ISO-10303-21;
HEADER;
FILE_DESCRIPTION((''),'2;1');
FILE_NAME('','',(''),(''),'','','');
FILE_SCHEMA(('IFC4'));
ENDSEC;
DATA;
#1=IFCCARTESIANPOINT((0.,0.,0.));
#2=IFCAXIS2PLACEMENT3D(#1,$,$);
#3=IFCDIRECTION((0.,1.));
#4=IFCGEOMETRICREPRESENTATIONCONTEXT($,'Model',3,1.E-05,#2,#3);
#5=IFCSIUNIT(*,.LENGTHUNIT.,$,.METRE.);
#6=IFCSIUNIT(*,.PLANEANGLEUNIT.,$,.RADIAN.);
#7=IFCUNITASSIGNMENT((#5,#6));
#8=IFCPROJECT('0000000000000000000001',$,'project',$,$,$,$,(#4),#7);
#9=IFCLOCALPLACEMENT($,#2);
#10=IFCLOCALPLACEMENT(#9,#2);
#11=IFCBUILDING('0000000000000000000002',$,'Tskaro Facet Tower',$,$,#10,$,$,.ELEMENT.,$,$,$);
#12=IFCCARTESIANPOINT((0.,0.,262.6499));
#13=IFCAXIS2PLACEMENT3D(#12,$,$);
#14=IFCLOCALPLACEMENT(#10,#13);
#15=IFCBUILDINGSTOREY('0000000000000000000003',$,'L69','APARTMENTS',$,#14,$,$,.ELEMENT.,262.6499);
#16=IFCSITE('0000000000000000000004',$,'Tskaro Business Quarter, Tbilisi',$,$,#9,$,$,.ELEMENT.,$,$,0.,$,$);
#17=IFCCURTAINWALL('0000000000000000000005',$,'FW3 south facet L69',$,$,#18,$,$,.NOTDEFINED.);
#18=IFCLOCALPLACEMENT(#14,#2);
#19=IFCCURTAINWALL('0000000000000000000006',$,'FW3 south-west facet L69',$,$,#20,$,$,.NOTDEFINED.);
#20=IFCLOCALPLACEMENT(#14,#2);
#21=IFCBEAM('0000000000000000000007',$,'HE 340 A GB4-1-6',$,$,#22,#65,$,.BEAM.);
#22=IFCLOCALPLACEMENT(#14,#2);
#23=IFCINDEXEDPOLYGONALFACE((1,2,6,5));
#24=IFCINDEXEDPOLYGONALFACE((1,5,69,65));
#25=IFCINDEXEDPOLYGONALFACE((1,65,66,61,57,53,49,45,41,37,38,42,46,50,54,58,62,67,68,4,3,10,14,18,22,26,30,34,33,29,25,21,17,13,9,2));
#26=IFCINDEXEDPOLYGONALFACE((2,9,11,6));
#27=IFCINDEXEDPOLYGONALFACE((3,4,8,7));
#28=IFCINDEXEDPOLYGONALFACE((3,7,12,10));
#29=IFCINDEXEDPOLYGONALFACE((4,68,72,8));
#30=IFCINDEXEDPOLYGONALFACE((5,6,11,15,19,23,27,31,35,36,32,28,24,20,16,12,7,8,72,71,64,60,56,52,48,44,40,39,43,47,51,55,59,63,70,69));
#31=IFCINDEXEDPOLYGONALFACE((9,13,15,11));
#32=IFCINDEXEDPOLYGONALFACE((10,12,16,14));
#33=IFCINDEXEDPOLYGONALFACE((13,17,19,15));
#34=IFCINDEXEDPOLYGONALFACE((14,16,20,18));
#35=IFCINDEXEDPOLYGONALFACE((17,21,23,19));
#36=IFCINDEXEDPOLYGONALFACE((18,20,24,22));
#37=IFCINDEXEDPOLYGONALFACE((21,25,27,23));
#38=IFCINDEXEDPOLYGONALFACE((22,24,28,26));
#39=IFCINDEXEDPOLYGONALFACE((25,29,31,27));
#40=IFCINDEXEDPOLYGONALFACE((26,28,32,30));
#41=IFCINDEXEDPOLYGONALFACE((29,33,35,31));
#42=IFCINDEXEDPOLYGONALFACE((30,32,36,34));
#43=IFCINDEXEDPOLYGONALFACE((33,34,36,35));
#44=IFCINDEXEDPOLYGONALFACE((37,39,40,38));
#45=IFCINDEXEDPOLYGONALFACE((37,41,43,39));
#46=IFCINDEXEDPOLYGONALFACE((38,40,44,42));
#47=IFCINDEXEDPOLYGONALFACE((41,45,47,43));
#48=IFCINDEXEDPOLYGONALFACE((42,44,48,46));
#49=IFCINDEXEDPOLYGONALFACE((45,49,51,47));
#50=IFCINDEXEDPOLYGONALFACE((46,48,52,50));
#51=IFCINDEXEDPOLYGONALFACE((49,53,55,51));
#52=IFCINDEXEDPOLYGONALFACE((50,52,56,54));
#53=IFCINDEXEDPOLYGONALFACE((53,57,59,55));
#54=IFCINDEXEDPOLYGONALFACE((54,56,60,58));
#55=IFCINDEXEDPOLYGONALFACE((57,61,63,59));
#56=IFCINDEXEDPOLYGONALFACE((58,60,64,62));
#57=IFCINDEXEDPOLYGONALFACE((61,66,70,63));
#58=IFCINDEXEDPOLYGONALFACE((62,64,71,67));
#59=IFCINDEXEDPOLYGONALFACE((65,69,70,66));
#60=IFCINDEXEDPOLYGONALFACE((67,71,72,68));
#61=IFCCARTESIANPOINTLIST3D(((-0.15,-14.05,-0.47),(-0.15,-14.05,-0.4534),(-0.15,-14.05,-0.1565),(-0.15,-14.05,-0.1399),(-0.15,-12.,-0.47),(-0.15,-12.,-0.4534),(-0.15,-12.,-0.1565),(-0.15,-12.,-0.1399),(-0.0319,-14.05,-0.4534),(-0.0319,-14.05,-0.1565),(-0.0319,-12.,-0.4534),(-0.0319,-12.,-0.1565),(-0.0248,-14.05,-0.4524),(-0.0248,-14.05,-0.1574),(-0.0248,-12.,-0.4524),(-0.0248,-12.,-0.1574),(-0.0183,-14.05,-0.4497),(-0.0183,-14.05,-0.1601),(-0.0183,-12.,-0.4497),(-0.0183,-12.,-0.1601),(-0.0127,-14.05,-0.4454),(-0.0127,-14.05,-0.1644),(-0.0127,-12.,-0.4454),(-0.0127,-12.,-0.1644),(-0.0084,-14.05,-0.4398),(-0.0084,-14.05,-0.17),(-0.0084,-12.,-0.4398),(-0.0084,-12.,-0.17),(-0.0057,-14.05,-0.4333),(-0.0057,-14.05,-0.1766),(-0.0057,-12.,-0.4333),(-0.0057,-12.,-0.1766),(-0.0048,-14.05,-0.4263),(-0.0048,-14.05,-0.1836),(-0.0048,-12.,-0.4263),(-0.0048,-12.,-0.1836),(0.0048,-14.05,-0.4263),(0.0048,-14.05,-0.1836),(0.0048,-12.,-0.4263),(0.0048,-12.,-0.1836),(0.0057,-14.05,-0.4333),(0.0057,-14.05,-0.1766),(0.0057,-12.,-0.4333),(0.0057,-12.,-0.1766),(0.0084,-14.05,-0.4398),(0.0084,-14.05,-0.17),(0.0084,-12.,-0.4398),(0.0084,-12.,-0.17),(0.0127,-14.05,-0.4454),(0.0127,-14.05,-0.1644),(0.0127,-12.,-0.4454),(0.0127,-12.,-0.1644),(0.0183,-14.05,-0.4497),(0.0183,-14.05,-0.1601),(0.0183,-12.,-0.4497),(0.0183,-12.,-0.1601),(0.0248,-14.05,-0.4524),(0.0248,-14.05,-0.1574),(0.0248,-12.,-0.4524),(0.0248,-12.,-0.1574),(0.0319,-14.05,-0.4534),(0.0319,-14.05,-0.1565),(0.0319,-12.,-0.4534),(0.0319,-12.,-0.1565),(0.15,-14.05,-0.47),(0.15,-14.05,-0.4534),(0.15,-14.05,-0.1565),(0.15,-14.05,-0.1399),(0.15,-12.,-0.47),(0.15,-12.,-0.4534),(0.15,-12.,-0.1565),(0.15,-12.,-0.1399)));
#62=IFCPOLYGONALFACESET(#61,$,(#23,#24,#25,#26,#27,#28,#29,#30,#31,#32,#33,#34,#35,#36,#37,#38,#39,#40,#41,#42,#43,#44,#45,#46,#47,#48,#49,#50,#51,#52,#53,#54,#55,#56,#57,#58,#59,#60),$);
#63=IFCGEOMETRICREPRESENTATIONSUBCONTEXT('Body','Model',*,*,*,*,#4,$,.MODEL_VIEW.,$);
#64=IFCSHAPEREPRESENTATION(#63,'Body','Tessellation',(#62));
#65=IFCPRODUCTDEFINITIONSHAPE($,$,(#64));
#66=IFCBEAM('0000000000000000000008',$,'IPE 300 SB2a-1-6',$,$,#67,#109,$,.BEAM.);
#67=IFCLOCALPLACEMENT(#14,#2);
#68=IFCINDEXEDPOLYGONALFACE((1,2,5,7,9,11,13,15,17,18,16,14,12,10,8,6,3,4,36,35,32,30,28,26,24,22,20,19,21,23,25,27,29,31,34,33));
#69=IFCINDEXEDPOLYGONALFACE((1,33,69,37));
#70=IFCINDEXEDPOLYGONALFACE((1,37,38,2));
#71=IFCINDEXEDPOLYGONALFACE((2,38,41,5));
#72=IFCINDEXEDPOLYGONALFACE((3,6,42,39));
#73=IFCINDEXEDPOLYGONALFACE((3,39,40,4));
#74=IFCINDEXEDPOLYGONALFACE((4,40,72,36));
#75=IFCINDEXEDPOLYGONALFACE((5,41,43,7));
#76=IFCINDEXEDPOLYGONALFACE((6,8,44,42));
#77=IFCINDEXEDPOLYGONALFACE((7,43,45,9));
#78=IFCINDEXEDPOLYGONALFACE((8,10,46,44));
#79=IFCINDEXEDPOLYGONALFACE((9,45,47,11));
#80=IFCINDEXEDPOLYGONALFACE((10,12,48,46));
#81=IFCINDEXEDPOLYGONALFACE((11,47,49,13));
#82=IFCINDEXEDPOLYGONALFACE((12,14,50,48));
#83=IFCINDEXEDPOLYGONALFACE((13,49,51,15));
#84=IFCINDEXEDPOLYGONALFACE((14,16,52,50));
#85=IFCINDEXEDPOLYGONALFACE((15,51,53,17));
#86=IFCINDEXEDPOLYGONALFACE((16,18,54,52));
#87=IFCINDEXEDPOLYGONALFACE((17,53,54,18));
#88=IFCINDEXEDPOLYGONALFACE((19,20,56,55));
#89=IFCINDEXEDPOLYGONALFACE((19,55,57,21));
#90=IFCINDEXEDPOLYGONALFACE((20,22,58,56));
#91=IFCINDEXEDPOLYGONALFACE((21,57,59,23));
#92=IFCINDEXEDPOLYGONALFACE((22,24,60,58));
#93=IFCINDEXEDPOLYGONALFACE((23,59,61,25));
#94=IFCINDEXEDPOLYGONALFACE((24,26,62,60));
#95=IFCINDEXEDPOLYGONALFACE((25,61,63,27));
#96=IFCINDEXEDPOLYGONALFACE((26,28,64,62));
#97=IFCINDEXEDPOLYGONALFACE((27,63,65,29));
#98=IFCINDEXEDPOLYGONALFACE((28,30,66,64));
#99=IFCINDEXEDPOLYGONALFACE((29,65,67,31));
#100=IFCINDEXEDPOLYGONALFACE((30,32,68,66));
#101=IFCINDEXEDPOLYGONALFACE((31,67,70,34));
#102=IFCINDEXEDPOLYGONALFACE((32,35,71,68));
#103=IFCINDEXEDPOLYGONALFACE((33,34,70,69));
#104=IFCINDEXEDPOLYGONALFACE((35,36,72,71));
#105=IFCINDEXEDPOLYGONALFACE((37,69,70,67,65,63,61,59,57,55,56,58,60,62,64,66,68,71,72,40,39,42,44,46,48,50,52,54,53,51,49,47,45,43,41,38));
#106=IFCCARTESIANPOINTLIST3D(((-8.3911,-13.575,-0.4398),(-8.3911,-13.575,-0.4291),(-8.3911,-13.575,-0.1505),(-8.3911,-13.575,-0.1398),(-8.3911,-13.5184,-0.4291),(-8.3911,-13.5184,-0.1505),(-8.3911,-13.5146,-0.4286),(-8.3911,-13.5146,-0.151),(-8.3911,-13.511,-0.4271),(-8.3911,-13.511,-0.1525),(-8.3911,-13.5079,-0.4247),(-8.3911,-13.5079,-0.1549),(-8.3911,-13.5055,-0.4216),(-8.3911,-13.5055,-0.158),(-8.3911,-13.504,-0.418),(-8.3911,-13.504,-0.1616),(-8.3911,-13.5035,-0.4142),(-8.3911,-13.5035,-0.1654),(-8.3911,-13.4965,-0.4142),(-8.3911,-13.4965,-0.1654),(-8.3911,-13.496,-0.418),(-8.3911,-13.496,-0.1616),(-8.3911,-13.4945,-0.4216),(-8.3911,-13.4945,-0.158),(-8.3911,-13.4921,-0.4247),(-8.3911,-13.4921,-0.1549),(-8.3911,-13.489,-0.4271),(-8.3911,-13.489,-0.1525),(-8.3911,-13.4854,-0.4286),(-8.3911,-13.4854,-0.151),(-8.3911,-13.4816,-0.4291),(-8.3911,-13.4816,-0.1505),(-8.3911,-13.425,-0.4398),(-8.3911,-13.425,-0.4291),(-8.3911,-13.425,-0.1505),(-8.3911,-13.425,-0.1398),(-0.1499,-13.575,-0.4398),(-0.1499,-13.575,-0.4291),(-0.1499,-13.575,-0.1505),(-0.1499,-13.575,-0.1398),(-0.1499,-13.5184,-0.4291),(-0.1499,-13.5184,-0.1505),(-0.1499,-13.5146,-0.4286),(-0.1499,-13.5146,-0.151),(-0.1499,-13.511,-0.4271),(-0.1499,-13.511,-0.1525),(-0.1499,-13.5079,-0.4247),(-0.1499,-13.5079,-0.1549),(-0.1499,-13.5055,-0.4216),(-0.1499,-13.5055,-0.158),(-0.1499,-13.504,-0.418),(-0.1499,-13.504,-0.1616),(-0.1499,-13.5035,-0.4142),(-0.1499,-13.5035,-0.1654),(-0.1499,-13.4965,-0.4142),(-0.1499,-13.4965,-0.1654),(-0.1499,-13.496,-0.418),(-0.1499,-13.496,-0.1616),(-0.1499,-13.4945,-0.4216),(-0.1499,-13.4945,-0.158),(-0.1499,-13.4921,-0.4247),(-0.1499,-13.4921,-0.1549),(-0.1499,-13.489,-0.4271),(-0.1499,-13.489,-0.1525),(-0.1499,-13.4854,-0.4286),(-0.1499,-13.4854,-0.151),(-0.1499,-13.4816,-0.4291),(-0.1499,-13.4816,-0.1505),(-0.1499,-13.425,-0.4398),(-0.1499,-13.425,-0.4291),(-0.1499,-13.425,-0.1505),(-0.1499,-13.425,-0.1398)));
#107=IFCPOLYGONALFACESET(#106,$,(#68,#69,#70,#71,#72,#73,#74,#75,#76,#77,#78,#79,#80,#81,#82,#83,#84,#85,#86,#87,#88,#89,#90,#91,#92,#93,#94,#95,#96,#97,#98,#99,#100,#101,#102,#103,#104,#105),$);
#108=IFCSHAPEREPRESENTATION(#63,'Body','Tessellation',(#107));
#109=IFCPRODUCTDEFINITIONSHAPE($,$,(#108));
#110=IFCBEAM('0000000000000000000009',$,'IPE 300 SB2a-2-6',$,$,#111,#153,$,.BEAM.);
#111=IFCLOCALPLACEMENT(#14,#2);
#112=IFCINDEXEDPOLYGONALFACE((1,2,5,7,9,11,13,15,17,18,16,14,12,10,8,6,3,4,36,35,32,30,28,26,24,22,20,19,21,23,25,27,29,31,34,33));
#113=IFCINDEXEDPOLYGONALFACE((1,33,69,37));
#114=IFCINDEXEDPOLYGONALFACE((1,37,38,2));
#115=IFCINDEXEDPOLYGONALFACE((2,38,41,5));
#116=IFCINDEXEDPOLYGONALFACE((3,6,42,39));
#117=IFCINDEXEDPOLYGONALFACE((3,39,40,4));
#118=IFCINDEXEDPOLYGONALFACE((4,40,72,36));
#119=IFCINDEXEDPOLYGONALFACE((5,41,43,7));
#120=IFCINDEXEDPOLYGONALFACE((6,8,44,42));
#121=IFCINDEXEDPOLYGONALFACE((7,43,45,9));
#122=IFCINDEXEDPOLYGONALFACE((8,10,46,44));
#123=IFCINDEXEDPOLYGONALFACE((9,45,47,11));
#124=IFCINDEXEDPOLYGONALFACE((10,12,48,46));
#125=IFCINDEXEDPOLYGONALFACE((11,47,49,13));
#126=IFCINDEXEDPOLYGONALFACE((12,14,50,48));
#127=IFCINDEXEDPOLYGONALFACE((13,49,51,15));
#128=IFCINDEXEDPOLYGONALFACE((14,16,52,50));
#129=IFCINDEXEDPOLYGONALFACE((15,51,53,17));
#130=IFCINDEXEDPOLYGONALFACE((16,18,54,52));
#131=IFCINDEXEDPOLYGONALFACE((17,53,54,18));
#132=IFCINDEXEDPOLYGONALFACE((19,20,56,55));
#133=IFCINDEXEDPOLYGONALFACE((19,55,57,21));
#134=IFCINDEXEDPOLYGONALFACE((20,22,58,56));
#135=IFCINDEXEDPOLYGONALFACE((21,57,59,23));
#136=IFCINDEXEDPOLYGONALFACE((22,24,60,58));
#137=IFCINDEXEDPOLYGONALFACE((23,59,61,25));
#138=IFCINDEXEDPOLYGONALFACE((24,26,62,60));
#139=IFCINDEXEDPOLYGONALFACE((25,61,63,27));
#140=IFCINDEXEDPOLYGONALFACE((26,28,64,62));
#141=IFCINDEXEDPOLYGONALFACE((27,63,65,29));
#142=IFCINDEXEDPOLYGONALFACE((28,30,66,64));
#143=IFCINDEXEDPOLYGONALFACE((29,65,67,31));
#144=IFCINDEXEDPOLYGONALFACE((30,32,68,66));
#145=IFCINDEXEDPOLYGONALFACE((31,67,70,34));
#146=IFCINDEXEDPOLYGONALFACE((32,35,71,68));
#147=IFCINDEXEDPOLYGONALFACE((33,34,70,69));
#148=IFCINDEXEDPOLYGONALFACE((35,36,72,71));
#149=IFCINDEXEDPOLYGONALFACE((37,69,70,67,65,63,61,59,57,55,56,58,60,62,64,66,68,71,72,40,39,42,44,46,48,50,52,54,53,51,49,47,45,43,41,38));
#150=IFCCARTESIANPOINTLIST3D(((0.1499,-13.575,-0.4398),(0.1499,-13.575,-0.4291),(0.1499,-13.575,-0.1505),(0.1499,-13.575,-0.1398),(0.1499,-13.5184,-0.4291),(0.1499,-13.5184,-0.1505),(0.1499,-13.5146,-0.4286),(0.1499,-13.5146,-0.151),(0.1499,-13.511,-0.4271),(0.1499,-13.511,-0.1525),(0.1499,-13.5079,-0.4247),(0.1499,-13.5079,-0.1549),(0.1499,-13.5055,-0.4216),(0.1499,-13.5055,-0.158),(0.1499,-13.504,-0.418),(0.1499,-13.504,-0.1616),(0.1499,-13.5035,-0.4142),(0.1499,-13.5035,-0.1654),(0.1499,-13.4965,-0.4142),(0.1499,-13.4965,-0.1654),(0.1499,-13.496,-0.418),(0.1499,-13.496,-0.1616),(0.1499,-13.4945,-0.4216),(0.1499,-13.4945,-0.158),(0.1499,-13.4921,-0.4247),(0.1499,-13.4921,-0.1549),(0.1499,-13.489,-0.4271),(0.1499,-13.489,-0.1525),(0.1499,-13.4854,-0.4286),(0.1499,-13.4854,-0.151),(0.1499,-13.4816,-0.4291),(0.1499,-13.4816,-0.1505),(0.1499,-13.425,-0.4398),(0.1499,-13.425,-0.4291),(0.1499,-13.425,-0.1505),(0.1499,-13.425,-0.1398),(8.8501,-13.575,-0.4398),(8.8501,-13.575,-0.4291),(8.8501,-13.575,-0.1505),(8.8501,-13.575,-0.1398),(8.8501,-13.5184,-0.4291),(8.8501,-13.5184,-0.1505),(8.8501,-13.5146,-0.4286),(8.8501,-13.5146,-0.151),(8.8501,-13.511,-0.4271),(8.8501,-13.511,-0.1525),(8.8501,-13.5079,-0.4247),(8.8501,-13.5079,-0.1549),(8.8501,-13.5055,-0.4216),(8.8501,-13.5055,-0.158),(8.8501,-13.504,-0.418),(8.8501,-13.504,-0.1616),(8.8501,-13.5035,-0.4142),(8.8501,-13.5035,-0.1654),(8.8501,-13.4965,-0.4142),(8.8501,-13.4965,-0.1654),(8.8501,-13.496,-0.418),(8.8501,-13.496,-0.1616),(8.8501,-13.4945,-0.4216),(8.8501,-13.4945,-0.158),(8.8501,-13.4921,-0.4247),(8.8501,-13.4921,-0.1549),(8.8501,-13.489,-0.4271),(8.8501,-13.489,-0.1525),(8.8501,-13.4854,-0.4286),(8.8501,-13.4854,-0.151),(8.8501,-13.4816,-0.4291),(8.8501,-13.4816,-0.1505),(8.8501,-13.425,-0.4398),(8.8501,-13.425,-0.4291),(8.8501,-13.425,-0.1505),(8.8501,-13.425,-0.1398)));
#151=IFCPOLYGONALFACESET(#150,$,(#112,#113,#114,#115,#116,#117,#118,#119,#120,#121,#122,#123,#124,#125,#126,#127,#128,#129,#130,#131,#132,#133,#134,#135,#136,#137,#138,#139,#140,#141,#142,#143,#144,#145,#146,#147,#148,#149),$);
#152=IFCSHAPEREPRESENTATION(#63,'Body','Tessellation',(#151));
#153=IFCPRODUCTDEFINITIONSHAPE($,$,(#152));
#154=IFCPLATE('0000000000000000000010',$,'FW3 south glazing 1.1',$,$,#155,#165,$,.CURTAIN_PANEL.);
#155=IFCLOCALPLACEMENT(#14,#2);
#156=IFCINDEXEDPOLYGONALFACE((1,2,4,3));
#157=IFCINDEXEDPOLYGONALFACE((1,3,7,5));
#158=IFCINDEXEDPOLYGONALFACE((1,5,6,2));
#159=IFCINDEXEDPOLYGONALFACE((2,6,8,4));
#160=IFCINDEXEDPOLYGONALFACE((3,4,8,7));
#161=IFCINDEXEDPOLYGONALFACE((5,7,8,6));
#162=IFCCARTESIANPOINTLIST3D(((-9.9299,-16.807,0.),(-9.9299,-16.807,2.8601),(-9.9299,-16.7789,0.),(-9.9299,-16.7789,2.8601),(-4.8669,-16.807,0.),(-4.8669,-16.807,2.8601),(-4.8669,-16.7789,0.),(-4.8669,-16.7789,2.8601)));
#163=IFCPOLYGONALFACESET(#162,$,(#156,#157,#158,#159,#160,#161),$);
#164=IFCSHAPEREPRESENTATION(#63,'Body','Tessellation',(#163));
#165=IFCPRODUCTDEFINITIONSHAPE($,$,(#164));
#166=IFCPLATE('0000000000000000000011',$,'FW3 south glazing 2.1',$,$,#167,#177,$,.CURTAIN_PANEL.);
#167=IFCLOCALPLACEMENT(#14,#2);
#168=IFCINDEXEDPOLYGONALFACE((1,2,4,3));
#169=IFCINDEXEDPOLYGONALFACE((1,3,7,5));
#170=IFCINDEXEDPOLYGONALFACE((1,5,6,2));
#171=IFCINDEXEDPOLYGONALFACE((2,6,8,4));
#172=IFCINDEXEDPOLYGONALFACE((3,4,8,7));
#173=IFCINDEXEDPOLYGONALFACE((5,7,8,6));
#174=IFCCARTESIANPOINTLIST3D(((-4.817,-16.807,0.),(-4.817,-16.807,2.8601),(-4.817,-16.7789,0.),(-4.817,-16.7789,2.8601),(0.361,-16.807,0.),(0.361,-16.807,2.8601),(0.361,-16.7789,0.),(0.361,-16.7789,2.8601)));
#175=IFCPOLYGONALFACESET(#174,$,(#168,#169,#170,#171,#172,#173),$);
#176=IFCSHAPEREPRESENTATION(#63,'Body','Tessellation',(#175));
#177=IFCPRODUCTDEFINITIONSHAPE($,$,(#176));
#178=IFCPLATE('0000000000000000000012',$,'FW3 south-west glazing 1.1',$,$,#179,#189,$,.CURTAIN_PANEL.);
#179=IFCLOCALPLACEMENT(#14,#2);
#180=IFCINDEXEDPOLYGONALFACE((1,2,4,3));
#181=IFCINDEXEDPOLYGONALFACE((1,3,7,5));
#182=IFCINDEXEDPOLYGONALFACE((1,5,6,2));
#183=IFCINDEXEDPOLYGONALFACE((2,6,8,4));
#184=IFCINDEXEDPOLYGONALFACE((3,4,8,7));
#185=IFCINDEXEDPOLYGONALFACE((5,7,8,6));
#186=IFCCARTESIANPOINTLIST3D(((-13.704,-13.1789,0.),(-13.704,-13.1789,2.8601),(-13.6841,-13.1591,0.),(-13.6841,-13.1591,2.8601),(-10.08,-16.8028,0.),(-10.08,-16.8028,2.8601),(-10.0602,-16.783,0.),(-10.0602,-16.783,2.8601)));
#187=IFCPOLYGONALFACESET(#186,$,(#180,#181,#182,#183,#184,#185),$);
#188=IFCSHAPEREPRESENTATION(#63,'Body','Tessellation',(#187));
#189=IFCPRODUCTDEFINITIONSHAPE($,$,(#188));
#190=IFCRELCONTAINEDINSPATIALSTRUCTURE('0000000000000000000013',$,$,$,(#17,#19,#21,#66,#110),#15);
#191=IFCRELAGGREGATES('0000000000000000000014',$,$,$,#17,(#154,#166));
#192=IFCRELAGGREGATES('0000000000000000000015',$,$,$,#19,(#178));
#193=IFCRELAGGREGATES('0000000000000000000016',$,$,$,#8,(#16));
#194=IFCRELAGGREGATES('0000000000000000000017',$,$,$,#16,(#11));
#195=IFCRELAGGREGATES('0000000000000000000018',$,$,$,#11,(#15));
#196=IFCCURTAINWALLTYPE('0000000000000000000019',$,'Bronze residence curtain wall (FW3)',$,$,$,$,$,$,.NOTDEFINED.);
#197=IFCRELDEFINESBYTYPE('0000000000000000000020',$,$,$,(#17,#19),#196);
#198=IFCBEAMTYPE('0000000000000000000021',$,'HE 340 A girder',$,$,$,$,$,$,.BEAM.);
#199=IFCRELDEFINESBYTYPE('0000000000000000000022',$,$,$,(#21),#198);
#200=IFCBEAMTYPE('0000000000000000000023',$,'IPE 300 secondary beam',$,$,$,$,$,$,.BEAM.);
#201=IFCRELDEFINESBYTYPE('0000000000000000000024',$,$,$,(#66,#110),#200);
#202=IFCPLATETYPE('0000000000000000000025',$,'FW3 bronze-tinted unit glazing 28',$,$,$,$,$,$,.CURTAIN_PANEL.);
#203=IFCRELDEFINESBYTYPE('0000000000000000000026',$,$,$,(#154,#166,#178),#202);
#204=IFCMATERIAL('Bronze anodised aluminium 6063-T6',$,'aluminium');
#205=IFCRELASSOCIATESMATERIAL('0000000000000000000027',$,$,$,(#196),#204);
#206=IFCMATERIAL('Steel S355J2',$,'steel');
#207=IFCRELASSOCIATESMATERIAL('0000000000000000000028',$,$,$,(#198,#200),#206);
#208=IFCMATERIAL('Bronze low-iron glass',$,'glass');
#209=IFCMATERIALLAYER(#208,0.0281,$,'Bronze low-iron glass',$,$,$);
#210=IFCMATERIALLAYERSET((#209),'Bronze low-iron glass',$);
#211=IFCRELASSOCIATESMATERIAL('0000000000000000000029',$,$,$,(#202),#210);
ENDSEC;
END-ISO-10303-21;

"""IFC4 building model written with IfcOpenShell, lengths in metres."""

from ifc_helpers import new_model, si_unit, direction, frame, origin, origin_2d, place, context, subcontext, project, spatial, rectangle, i_section, extrude, material, layer, layer_set, material_profile, profile_set, type_object, element, aggregate, save


model = new_model("IFC4")

# Units and contexts
model_context = context("Model", 3, precision=1e-05, world=origin(), true_north=direction((0.0, 1.0)))
body_context = subcontext(model_context, "Body", "Model", "MODEL_VIEW")
ifc_project = project(units=[si_unit("LENGTHUNIT", "METRE"), si_unit("PLANEANGLEUNIT", "RADIAN")], contexts=[model_context])

# Site, building, storey
site_placement = place(None, origin())
site = spatial("IfcSite", under=ifc_project, at=site_placement, Name="Tskaro Business Quarter, Tbilisi", CompositionType="ELEMENT", RefElevation=0.0)
building_placement = place(site_placement, origin())
building = spatial("IfcBuilding", under=site, at=building_placement, Name="Tskaro Facet Tower", CompositionType="ELEMENT")
storey_placement = place(building_placement, frame((0.0, 0.0, 262.6499)))
storey = spatial("IfcBuildingStorey", under=building, at=storey_placement, Name="L69", Description="APARTMENTS", CompositionType="ELEMENT", Elevation=262.6499)

# Shared definitions
ifc_material_1 = material(Name="Steel S355J2", Category="steel")

# Curtain walls
ifc_material_2 = material(Name="Bronze anodised aluminium 6063-T6", Category="aluminium")
curtain_wall_type = type_object("IfcCurtainWallType", Name="Bronze residence curtain wall (FW3)", PredefinedType="NOTDEFINED", material=ifc_material_2)
curtain_wall_1_placement = place(storey_placement, origin())
curtain_wall_1 = element("IfcCurtainWall", 1, at=curtain_wall_1_placement, inside=storey, type_object=curtain_wall_type, Name="FW3 south facet L69", PredefinedType="NOTDEFINED")
curtain_wall_2_placement = place(storey_placement, origin())
curtain_wall_2 = element("IfcCurtainWall", 2, at=curtain_wall_2_placement, inside=storey, type_object=curtain_wall_type, Name="FW3 south-west facet L69", PredefinedType="NOTDEFINED")

# Beams
ifc_material_profile_1 = material_profile(ifc_material_1, i_section(OverallWidth=0.3, OverallDepth=0.3301, WebThickness=0.0095, FlangeThickness=0.0166, FilletRadius=0.0271, at=origin_2d()), Name="HE 340 A")
ifc_profile_set_1 = profile_set([ifc_material_profile_1], Name="Steel S355J2")
beam_type_1 = type_object("IfcBeamType", Name="HE 340 A girder", PredefinedType="BEAM", material=ifc_profile_set_1)
beam_1_placement = place(storey_placement, frame((0.0, -14.05, -0.3049), z_axis=(0.0, 1.0, 0.0), x_axis=(-1.0, 0.0, 0.0)))
element("IfcBeam", 3, at=beam_1_placement, inside=storey, type_object=beam_type_1, Name="HE 340 A GB4-1-6", PredefinedType="BEAM", context=body_context, shape_type="SweptSolid", body=[
    extrude(i_section(OverallWidth=0.3, OverallDepth=0.3301, WebThickness=0.0095, FlangeThickness=0.0166, FilletRadius=0.0271, at=origin_2d()), origin(), (0.0, 0.0, 1.0), 2.05),
])
ifc_material_profile_2 = material_profile(ifc_material_1, i_section(OverallWidth=0.1499, OverallDepth=0.3, WebThickness=0.0071, FlangeThickness=0.0107, FilletRadius=0.0149, at=origin_2d()), Name="IPE 300")
ifc_profile_set_2 = profile_set([ifc_material_profile_2], Name="Steel S355J2")
beam_type_2 = type_object("IfcBeamType", Name="IPE 300 secondary beam", PredefinedType="BEAM", material=ifc_profile_set_2)
beam_2_placement = place(storey_placement, frame((-8.3911, -13.5, -0.2898), z_axis=(1.0, 0.0, 0.0), x_axis=(0.0, 1.0, 0.0)))
element("IfcBeam", 4, at=beam_2_placement, inside=storey, type_object=beam_type_2, Name="IPE 300 SB2a-1-6", PredefinedType="BEAM", context=body_context, shape_type="SweptSolid", body=[
    extrude(i_section(OverallWidth=0.1499, OverallDepth=0.3, WebThickness=0.0071, FlangeThickness=0.0107, FilletRadius=0.0149, at=origin_2d()), origin(), (0.0, 0.0, 1.0), 8.2412),
])
beam_3_placement = place(storey_placement, frame((0.1499, -13.5, -0.2898), z_axis=(1.0, 0.0, 0.0), x_axis=(0.0, 1.0, 0.0)))
element("IfcBeam", 5, at=beam_3_placement, inside=storey, type_object=beam_type_2, Name="IPE 300 SB2a-2-6", PredefinedType="BEAM", context=body_context, shape_type="SweptSolid", body=[
    extrude(i_section(OverallWidth=0.1499, OverallDepth=0.3, WebThickness=0.0071, FlangeThickness=0.0107, FilletRadius=0.0149, at=origin_2d()), origin(), (0.0, 0.0, 1.0), 8.7002),
])

# Plates
ifc_material_3 = material(Name="Bronze low-iron glass", Category="glass")
ifc_layer_1 = layer(ifc_material_3, 0.0281, Name="Bronze low-iron glass")
ifc_layer_set_1 = layer_set([ifc_layer_1], Name="Bronze low-iron glass")
plate_type = type_object("IfcPlateType", Name="FW3 bronze-tinted unit glazing 28", PredefinedType="CURTAIN_PANEL", material=ifc_layer_set_1)
plate_1_placement = place(storey_placement, frame((-7.3984, -16.793, 0.0), z_axis=(0.0, 0.0, 1.0), x_axis=(1.0, 0.0, 0.0)))
plate_1 = element("IfcPlate", 6, at=plate_1_placement, type_object=plate_type, Name="FW3 south glazing 1.1", PredefinedType="CURTAIN_PANEL", context=body_context, shape_type="SweptSolid", body=[
    extrude(rectangle(XDim=5.063, YDim=0.0281, at=origin_2d()), origin(), (0.0, 0.0, 1.0), 2.8601),
])
plate_2_placement = place(storey_placement, frame((-2.228, -16.793, 0.0), z_axis=(0.0, 0.0, 1.0), x_axis=(1.0, 0.0, 0.0)))
plate_2 = element("IfcPlate", 7, at=plate_2_placement, type_object=plate_type, Name="FW3 south glazing 2.1", PredefinedType="CURTAIN_PANEL", context=body_context, shape_type="SweptSolid", body=[
    extrude(rectangle(XDim=5.178, YDim=0.0281, at=origin_2d()), origin(), (0.0, 0.0, 1.0), 2.8601),
])
aggregate(curtain_wall_1, [plate_1, plate_2])
plate_3_placement = place(storey_placement, frame((-11.8821, -14.981, 0.0), z_axis=(0.0, 0.0, 1.0), x_axis=(0.707107, -0.707107, 0.0)))
plate_3 = element("IfcPlate", 8, at=plate_3_placement, type_object=plate_type, Name="FW3 south-west glazing 1.1", PredefinedType="CURTAIN_PANEL", context=body_context, shape_type="SweptSolid", body=[
    extrude(rectangle(XDim=5.125, YDim=0.0281, at=origin_2d()), origin(), (0.0, 0.0, 1.0), 2.8601),
])
aggregate(curtain_wall_2, [plate_3])

save(model, "model.ifc")
